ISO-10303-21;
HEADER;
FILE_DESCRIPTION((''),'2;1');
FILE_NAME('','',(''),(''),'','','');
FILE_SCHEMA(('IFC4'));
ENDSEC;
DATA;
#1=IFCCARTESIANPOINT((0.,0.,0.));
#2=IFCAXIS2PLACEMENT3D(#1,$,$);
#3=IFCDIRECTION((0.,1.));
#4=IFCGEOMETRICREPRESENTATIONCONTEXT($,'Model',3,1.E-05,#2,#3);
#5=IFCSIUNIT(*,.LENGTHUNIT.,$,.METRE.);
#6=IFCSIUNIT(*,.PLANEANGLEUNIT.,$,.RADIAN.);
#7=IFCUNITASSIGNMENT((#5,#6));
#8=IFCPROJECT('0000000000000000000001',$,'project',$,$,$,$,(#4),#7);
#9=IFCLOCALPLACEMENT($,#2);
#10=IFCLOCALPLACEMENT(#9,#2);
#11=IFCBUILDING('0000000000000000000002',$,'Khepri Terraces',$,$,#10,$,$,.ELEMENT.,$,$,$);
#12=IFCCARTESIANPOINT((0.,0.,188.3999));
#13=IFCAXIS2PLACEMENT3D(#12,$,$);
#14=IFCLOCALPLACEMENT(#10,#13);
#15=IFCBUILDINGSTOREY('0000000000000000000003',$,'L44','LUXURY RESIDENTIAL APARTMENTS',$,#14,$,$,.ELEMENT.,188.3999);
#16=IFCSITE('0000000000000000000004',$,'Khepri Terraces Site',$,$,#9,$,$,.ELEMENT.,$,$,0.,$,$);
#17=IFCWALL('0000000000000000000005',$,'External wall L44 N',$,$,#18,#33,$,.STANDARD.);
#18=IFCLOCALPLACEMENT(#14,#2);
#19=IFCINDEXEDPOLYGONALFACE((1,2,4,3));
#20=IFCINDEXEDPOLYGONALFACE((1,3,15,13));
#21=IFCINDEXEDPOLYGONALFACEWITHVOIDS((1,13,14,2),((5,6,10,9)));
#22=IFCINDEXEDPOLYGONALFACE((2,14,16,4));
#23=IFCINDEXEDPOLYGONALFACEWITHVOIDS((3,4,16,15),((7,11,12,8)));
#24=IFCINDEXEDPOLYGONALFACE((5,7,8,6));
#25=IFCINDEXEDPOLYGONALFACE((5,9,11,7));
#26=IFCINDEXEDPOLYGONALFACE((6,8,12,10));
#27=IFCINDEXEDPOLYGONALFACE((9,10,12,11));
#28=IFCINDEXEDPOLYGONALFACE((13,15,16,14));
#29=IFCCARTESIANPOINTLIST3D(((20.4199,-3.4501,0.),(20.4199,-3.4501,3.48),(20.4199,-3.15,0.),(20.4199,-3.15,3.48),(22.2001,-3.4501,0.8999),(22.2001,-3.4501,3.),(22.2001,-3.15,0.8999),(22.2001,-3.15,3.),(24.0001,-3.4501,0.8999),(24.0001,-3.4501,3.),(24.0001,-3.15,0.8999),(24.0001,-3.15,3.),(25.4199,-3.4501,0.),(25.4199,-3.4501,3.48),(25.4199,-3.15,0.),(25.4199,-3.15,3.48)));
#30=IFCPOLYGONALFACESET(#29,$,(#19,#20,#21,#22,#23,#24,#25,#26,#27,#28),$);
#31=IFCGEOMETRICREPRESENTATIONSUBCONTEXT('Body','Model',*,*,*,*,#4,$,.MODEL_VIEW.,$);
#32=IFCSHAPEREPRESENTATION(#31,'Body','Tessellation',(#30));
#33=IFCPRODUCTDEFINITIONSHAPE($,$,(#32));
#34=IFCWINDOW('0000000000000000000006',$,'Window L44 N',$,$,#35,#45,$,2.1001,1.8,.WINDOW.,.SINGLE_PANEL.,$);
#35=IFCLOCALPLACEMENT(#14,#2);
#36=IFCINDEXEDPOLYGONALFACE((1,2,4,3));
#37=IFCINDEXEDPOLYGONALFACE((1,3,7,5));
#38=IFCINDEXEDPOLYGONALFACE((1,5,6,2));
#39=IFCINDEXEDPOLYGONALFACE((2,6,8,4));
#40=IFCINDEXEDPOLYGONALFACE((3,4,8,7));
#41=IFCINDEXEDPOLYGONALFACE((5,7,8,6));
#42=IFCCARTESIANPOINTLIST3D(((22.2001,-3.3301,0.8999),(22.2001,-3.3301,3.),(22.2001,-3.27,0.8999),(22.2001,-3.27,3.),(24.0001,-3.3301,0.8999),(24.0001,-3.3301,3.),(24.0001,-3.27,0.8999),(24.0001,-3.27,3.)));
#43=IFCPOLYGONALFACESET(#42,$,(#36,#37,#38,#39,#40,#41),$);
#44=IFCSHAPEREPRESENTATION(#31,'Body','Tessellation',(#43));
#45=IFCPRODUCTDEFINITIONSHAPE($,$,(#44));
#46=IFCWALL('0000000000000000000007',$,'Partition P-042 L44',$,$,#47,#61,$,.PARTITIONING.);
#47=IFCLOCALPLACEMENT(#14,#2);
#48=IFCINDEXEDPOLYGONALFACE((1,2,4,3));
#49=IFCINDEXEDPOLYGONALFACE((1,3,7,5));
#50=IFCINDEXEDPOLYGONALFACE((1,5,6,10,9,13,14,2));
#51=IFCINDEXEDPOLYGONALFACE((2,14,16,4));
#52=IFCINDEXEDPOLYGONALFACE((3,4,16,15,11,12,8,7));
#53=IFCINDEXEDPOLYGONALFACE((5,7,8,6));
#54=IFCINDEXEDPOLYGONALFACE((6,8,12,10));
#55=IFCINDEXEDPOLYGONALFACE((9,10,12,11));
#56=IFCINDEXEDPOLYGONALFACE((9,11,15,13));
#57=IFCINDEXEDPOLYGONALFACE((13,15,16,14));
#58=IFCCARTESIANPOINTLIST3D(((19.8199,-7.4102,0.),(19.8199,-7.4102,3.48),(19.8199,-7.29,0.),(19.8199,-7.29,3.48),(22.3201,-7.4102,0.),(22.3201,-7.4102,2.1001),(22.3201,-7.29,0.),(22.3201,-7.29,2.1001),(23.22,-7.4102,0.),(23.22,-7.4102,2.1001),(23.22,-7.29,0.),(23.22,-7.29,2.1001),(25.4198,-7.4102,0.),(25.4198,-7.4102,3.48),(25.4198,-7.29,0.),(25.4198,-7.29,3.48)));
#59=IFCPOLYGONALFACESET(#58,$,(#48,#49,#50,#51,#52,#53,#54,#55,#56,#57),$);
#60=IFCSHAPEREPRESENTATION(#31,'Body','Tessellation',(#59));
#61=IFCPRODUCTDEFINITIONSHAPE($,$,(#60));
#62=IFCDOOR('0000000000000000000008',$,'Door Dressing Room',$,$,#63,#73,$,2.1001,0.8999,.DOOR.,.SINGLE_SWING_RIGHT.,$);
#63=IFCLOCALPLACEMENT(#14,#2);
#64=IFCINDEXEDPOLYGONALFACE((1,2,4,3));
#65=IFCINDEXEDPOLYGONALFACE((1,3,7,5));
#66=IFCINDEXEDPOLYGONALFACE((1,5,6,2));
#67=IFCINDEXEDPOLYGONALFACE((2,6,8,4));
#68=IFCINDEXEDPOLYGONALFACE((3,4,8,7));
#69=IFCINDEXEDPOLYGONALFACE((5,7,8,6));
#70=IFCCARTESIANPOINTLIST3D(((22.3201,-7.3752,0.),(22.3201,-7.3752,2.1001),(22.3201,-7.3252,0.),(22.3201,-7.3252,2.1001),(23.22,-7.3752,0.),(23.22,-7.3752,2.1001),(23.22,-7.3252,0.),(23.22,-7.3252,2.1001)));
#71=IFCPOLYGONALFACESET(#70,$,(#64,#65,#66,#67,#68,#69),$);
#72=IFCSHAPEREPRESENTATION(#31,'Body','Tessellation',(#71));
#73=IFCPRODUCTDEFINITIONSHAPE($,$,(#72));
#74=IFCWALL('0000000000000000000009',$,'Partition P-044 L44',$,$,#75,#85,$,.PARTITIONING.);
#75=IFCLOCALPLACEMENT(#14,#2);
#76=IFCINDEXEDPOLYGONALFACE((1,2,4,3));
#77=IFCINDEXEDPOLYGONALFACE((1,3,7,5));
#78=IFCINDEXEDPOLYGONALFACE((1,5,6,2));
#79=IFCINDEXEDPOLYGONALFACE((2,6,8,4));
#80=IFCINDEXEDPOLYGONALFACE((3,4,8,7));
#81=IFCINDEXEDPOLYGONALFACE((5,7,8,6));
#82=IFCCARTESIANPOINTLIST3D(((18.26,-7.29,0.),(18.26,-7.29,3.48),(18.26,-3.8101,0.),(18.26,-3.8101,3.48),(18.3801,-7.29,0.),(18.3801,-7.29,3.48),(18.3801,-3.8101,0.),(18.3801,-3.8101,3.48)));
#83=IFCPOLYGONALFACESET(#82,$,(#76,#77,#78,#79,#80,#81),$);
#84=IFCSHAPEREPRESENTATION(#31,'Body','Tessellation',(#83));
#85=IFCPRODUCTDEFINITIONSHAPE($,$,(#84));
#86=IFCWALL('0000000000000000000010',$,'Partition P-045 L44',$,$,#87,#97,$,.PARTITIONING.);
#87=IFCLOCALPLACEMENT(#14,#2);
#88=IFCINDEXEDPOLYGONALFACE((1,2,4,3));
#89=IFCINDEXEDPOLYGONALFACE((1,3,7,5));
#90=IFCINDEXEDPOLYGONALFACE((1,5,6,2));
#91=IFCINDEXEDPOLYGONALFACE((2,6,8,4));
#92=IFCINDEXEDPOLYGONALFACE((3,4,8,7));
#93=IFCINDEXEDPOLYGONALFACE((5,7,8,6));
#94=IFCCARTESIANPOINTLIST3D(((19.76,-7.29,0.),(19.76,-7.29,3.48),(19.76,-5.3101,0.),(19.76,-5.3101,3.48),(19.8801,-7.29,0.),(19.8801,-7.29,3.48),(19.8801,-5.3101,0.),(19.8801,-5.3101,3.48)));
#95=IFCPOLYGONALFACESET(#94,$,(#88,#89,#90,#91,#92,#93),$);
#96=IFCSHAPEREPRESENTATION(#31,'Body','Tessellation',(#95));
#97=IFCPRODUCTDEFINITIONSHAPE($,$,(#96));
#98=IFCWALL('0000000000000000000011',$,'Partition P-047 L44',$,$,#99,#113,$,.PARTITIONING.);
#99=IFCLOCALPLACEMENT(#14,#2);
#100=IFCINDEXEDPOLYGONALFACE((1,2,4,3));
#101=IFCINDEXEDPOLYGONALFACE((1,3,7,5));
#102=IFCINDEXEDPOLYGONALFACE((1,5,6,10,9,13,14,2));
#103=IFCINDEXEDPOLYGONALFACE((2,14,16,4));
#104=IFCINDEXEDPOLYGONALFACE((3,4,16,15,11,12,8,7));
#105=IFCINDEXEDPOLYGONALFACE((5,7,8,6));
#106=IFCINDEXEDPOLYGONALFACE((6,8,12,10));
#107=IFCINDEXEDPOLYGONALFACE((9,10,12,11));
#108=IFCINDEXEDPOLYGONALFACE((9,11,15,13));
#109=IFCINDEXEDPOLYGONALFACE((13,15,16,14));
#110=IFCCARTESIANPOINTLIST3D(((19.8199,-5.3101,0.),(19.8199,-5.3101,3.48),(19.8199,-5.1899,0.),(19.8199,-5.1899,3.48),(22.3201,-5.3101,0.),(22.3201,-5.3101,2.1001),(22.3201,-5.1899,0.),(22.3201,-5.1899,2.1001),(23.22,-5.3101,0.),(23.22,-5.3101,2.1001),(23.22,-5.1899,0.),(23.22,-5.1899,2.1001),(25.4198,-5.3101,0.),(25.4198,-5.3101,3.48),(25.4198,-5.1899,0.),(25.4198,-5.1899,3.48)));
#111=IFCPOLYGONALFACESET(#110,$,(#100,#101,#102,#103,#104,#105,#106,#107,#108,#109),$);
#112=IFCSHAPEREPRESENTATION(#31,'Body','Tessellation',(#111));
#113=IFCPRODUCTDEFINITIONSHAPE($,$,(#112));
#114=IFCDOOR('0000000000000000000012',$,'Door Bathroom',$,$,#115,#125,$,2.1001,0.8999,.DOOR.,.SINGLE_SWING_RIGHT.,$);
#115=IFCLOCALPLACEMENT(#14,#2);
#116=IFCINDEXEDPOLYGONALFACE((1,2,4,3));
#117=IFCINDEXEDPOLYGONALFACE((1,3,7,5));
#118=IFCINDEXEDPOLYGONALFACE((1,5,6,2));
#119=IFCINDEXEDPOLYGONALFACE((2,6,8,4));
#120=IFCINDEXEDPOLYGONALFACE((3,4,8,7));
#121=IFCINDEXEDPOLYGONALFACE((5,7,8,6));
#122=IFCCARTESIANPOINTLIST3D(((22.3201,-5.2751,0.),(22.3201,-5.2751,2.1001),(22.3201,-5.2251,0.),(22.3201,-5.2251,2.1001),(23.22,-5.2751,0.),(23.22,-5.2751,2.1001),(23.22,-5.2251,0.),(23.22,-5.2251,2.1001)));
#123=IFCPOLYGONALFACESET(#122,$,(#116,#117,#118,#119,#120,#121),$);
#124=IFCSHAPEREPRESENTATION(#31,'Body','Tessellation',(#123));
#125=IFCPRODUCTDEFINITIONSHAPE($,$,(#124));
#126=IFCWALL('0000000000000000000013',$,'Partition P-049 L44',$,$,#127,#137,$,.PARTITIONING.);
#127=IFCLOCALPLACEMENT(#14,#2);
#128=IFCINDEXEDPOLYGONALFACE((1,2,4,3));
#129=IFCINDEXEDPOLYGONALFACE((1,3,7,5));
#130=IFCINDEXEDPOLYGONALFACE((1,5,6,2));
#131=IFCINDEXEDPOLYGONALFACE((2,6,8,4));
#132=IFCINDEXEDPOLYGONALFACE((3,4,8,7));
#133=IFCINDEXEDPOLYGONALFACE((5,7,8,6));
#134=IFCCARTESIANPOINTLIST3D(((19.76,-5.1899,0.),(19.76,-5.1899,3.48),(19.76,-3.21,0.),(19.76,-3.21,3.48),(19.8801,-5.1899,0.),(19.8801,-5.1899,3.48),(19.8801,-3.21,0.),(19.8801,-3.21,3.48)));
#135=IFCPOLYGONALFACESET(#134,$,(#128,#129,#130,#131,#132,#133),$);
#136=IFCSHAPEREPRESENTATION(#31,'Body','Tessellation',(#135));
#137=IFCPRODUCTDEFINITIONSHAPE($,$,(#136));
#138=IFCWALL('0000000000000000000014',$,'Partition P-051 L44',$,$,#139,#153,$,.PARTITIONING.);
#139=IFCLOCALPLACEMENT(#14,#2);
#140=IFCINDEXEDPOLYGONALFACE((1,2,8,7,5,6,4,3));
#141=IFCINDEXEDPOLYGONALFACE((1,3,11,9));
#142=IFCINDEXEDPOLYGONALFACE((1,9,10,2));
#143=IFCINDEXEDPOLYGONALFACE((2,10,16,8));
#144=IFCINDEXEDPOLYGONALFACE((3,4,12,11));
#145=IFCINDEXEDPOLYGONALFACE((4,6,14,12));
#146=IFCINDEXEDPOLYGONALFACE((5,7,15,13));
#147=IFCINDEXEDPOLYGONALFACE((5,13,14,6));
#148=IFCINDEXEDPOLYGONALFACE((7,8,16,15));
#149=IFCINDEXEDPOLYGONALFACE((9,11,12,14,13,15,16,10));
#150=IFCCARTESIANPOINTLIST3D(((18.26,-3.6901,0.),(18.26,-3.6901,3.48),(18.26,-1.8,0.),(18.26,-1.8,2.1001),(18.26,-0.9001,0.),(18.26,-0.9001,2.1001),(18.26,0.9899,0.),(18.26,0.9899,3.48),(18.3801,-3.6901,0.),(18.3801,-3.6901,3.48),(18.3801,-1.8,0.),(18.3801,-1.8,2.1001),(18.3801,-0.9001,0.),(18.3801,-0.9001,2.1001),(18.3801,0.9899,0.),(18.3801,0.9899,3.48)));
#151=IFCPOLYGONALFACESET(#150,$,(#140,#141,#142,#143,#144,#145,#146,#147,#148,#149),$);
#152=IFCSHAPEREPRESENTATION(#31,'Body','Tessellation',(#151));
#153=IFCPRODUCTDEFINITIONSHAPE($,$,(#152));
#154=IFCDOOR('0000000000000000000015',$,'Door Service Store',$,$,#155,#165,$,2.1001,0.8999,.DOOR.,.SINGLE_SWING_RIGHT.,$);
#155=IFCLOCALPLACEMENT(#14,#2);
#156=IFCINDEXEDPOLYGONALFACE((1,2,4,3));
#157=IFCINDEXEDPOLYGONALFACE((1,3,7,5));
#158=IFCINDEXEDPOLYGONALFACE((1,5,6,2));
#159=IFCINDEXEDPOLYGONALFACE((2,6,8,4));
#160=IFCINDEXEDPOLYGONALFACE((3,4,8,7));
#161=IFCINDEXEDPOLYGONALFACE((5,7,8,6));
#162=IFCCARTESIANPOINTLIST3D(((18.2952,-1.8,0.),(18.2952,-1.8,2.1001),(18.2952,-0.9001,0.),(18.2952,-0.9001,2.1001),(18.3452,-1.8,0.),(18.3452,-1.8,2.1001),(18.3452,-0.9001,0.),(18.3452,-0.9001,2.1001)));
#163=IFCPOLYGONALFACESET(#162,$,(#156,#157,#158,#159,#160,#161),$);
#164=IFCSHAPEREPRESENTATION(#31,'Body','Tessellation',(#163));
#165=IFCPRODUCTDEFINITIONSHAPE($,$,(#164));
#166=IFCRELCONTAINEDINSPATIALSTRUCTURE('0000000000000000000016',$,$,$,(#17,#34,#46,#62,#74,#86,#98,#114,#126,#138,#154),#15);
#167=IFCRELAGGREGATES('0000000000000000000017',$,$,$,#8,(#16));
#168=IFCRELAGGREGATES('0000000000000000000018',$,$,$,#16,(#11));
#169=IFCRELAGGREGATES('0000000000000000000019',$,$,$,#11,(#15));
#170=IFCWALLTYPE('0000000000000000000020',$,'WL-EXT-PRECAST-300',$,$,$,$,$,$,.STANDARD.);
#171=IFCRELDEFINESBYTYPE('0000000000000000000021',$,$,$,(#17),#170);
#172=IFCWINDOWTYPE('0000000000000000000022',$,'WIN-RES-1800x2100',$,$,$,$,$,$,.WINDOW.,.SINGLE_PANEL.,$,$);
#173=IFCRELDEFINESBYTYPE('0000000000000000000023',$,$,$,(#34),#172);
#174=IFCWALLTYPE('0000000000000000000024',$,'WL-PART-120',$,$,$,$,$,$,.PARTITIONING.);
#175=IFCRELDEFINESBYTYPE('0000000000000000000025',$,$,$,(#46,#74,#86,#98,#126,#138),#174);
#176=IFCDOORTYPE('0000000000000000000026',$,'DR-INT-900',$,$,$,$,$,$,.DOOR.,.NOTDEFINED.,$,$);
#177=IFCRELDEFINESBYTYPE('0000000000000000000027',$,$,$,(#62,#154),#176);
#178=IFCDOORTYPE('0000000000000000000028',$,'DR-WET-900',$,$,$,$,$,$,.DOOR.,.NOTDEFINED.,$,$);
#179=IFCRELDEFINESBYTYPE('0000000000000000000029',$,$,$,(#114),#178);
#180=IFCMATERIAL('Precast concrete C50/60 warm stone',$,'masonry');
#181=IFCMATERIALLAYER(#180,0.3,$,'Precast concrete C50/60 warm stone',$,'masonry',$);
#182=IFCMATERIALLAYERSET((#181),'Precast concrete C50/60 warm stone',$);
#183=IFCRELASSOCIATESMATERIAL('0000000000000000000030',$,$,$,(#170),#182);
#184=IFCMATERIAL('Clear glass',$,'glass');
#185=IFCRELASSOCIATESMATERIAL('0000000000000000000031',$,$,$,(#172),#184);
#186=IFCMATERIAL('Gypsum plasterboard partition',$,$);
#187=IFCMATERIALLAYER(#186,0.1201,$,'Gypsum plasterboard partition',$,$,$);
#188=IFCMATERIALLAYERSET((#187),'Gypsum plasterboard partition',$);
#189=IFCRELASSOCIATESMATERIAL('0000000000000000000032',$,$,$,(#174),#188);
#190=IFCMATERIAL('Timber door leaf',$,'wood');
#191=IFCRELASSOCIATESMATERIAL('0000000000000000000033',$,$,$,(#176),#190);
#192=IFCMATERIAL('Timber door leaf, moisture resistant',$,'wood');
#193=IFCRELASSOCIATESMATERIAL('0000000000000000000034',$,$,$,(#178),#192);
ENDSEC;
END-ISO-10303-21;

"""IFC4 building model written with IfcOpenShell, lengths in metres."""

from ifc_helpers import new_model, si_unit, direction, frame, frame_2d, origin, place, context, subcontext, project, spatial, rectangle, extrude, material, layer, layer_set, type_object, element, fill, save


model = new_model("IFC4")

# Units and contexts
model_context = context("Model", 3, precision=1e-05, world=origin(), true_north=direction((0.0, 1.0)))
body_context = subcontext(model_context, "Body", "Model", "MODEL_VIEW")
ifc_project = project(units=[si_unit("LENGTHUNIT", "METRE"), si_unit("PLANEANGLEUNIT", "RADIAN")], contexts=[model_context])

# Site, building, storey
site_placement = place(None, origin())
site = spatial("IfcSite", under=ifc_project, at=site_placement, Name="Khepri Terraces Site", CompositionType="ELEMENT", RefElevation=0.0)
building_placement = place(site_placement, origin())
building = spatial("IfcBuilding", under=site, at=building_placement, Name="Khepri Terraces", CompositionType="ELEMENT")
storey_placement = place(building_placement, frame((0.0, 0.0, 188.3999)))
storey = spatial("IfcBuildingStorey", under=building, at=storey_placement, Name="L44", Description="LUXURY RESIDENTIAL APARTMENTS", CompositionType="ELEMENT", Elevation=188.3999)

# Wall, opening, window
ifc_material_1 = material(Name="Precast concrete C50/60 warm stone", Category="masonry")
ifc_layer_1 = layer(ifc_material_1, 0.3, Name="Precast concrete C50/60 warm stone", Category="masonry")
ifc_layer_set_1 = layer_set([ifc_layer_1], Name="Precast concrete C50/60 warm stone")
wall_type_1 = type_object("IfcWallType", Name="WL-EXT-PRECAST-300", PredefinedType="STANDARD", material=ifc_layer_set_1)
wall_1_placement = place(storey_placement, frame((25.4199, -3.3, 0.0), z_axis=(0.0, 0.0, 1.0), x_axis=(-1.0, 0.0, 0.0)))
wall_1 = element("IfcWall", 1, at=wall_1_placement, inside=storey, type_object=wall_type_1, Name="External wall L44 N", PredefinedType="STANDARD", context=body_context, shape_type="SweptSolid", body=[
    extrude(rectangle(XDim=5.0, YDim=0.3, at=frame_2d((2.5, 0.0))), origin(), (0.0, 0.0, 1.0), 3.48),
])
opening_1_placement = place(wall_1_placement, frame((1.4199, 0.0, 0.8999)))
opening_1 = element("IfcOpeningElement", 2, at=opening_1_placement, cuts=wall_1, PredefinedType="OPENING", context=body_context, shape_type="SweptSolid", body=[
    extrude(rectangle(XDim=1.8, YDim=2.1001, at=frame_2d((0.8999, 1.05))), frame((0.0, 0.1602, 0.0), z_axis=(0.0, -1.0, 0.0), x_axis=(1.0, 0.0, 0.0)), (0.0, 0.0, 1.0), 0.3201),
])
ifc_material_2 = material(Name="Clear glass", Category="glass")
window_type = type_object("IfcWindowType", Name="WIN-RES-1800x2100", PartitioningType="SINGLE_PANEL", PredefinedType="WINDOW", material=ifc_material_2)
window_1_placement = place(opening_1_placement, origin())
window_1 = element("IfcWindow", 3, at=window_1_placement, inside=storey, type_object=window_type, Name="Window L44 N", OverallHeight=2.1001, OverallWidth=1.8, PartitioningType="SINGLE_PANEL", PredefinedType="WINDOW", context=body_context, shape_type="SweptSolid", body=[
    extrude(rectangle(XDim=1.8, YDim=2.1001, at=frame_2d((0.8999, 1.05))), frame((0.0, 0.03, 0.0), z_axis=(0.0, -1.0, 0.0), x_axis=(1.0, 0.0, 0.0)), (0.0, 0.0, 1.0), 0.0601),
])
fill(opening_1, window_1)

# Wall, opening, door
ifc_material_3 = material(Name="Gypsum plasterboard partition")
ifc_layer_2 = layer(ifc_material_3, 0.1201, Name="Gypsum plasterboard partition")
ifc_layer_set_2 = layer_set([ifc_layer_2], Name="Gypsum plasterboard partition")
wall_type_2 = type_object("IfcWallType", Name="WL-PART-120", PredefinedType="PARTITIONING", material=ifc_layer_set_2)
wall_2_placement = place(storey_placement, frame((19.8201, -7.3501, 0.0), z_axis=(0.0, 0.0, 1.0), x_axis=(1.0, 0.0, 0.0)))
wall_2 = element("IfcWall", 4, at=wall_2_placement, inside=storey, type_object=wall_type_2, Name="Partition P-042 L44", PredefinedType="PARTITIONING", context=body_context, shape_type="SweptSolid", body=[
    extrude(rectangle(XDim=5.5999, YDim=0.1201, at=frame_2d((2.7998, 0.0))), origin(), (0.0, 0.0, 1.0), 3.48),
])
opening_2_placement = place(wall_2_placement, frame((2.5, 0.0, 0.0)))
opening_2 = element("IfcOpeningElement", 5, at=opening_2_placement, cuts=wall_2, PredefinedType="OPENING", context=body_context, shape_type="SweptSolid", body=[
    extrude(rectangle(XDim=0.8999, YDim=2.1001, at=frame_2d((0.45, 1.05))), frame((0.0, 0.0701, 0.0), z_axis=(0.0, -1.0, 0.0), x_axis=(1.0, 0.0, 0.0)), (0.0, 0.0, 1.0), 0.1401),
])
ifc_material_4 = material(Name="Timber door leaf", Category="wood")
door_type_1 = type_object("IfcDoorType", Name="DR-INT-900", OperationType="NOTDEFINED", PredefinedType="DOOR", material=ifc_material_4)
door_1_placement = place(opening_2_placement, origin())
door_1 = element("IfcDoor", 6, at=door_1_placement, inside=storey, type_object=door_type_1, Name="Door Dressing Room", OperationType="SINGLE_SWING_RIGHT", OverallHeight=2.1001, OverallWidth=0.8999, PredefinedType="DOOR", context=body_context, shape_type="SweptSolid", body=[
    extrude(rectangle(XDim=0.8999, YDim=2.1001, at=frame_2d((0.45, 1.05))), frame((0.0, 0.0249, 0.0), z_axis=(0.0, -1.0, 0.0), x_axis=(1.0, 0.0, 0.0)), (0.0, 0.0, 1.0), 0.05),
])
fill(opening_2, door_1)

# Walls
wall_3_placement = place(storey_placement, frame((18.3201, -7.29, 0.0), z_axis=(0.0, 0.0, 1.0), x_axis=(0.0, 1.0, 0.0)))
element("IfcWall", 7, at=wall_3_placement, inside=storey, type_object=wall_type_2, Name="Partition P-044 L44", PredefinedType="PARTITIONING", context=body_context, shape_type="SweptSolid", body=[
    extrude(rectangle(XDim=3.48, YDim=0.1201, at=frame_2d((1.74, 0.0))), origin(), (0.0, 0.0, 1.0), 3.48),
])
wall_4_placement = place(storey_placement, frame((19.8201, -7.29, 0.0), z_axis=(0.0, 0.0, 1.0), x_axis=(0.0, 1.0, 0.0)))
element("IfcWall", 8, at=wall_4_placement, inside=storey, type_object=wall_type_2, Name="Partition P-045 L44", PredefinedType="PARTITIONING", context=body_context, shape_type="SweptSolid", body=[
    extrude(rectangle(XDim=1.98, YDim=0.1201, at=frame_2d((0.99, 0.0))), origin(), (0.0, 0.0, 1.0), 3.48),
])

# Wall, opening, door
wall_5_placement = place(storey_placement, frame((19.8201, -5.25, 0.0), z_axis=(0.0, 0.0, 1.0), x_axis=(1.0, 0.0, 0.0)))
wall_5 = element("IfcWall", 9, at=wall_5_placement, inside=storey, type_object=wall_type_2, Name="Partition P-047 L44", PredefinedType="PARTITIONING", context=body_context, shape_type="SweptSolid", body=[
    extrude(rectangle(XDim=5.5999, YDim=0.1201, at=frame_2d((2.7998, 0.0))), origin(), (0.0, 0.0, 1.0), 3.48),
])
opening_3_placement = place(wall_5_placement, frame((2.5, 0.0, 0.0)))
opening_3 = element("IfcOpeningElement", 10, at=opening_3_placement, cuts=wall_5, PredefinedType="OPENING", context=body_context, shape_type="SweptSolid", body=[
    extrude(rectangle(XDim=0.8999, YDim=2.1001, at=frame_2d((0.45, 1.05))), frame((0.0, 0.0701, 0.0), z_axis=(0.0, -1.0, 0.0), x_axis=(1.0, 0.0, 0.0)), (0.0, 0.0, 1.0), 0.1401),
])
ifc_material_5 = material(Name="Timber door leaf, moisture resistant", Category="wood")
door_type_2 = type_object("IfcDoorType", Name="DR-WET-900", OperationType="NOTDEFINED", PredefinedType="DOOR", material=ifc_material_5)
door_2_placement = place(opening_3_placement, origin())
door_2 = element("IfcDoor", 11, at=door_2_placement, inside=storey, type_object=door_type_2, Name="Door Bathroom", OperationType="SINGLE_SWING_RIGHT", OverallHeight=2.1001, OverallWidth=0.8999, PredefinedType="DOOR", context=body_context, shape_type="SweptSolid", body=[
    extrude(rectangle(XDim=0.8999, YDim=2.1001, at=frame_2d((0.45, 1.05))), frame((0.0, 0.0249, 0.0), z_axis=(0.0, -1.0, 0.0), x_axis=(1.0, 0.0, 0.0)), (0.0, 0.0, 1.0), 0.05),
])
fill(opening_3, door_2)

# Wall
wall_6_placement = place(storey_placement, frame((19.8201, -5.1899, 0.0), z_axis=(0.0, 0.0, 1.0), x_axis=(0.0, 1.0, 0.0)))
element("IfcWall", 12, at=wall_6_placement, inside=storey, type_object=wall_type_2, Name="Partition P-049 L44", PredefinedType="PARTITIONING", context=body_context, shape_type="SweptSolid", body=[
    extrude(rectangle(XDim=1.98, YDim=0.1201, at=frame_2d((0.99, 0.0))), origin(), (0.0, 0.0, 1.0), 3.48),
])

# Wall, opening, door
wall_7_placement = place(storey_placement, frame((18.3201, -3.6899, 0.0), z_axis=(0.0, 0.0, 1.0), x_axis=(0.0, 1.0, 0.0)))
wall_7 = element("IfcWall", 13, at=wall_7_placement, inside=storey, type_object=wall_type_2, Name="Partition P-051 L44", PredefinedType="PARTITIONING", context=body_context, shape_type="SweptSolid", body=[
    extrude(rectangle(XDim=4.6799, YDim=0.1201, at=frame_2d((2.3398, 0.0))), origin(), (0.0, 0.0, 1.0), 3.48),
])
opening_4_placement = place(wall_7_placement, frame((1.8899, 0.0, 0.0)))
opening_4 = element("IfcOpeningElement", 14, at=opening_4_placement, cuts=wall_7, PredefinedType="OPENING", context=body_context, shape_type="SweptSolid", body=[
    extrude(rectangle(XDim=0.8999, YDim=2.1001, at=frame_2d((0.45, 1.05))), frame((0.0, 0.0701, 0.0), z_axis=(0.0, -1.0, 0.0), x_axis=(1.0, 0.0, 0.0)), (0.0, 0.0, 1.0), 0.1401),
])
door_3_placement = place(opening_4_placement, origin())
door_3 = element("IfcDoor", 15, at=door_3_placement, inside=storey, type_object=door_type_1, Name="Door Service Store", OperationType="SINGLE_SWING_RIGHT", OverallHeight=2.1001, OverallWidth=0.8999, PredefinedType="DOOR", context=body_context, shape_type="SweptSolid", body=[
    extrude(rectangle(XDim=0.8999, YDim=2.1001, at=frame_2d((0.45, 1.05))), frame((0.0, 0.0249, 0.0), z_axis=(0.0, -1.0, 0.0), x_axis=(1.0, 0.0, 0.0)), (0.0, 0.0, 1.0), 0.05),
])
fill(opening_4, door_3)

save(model, "model.ifc")
